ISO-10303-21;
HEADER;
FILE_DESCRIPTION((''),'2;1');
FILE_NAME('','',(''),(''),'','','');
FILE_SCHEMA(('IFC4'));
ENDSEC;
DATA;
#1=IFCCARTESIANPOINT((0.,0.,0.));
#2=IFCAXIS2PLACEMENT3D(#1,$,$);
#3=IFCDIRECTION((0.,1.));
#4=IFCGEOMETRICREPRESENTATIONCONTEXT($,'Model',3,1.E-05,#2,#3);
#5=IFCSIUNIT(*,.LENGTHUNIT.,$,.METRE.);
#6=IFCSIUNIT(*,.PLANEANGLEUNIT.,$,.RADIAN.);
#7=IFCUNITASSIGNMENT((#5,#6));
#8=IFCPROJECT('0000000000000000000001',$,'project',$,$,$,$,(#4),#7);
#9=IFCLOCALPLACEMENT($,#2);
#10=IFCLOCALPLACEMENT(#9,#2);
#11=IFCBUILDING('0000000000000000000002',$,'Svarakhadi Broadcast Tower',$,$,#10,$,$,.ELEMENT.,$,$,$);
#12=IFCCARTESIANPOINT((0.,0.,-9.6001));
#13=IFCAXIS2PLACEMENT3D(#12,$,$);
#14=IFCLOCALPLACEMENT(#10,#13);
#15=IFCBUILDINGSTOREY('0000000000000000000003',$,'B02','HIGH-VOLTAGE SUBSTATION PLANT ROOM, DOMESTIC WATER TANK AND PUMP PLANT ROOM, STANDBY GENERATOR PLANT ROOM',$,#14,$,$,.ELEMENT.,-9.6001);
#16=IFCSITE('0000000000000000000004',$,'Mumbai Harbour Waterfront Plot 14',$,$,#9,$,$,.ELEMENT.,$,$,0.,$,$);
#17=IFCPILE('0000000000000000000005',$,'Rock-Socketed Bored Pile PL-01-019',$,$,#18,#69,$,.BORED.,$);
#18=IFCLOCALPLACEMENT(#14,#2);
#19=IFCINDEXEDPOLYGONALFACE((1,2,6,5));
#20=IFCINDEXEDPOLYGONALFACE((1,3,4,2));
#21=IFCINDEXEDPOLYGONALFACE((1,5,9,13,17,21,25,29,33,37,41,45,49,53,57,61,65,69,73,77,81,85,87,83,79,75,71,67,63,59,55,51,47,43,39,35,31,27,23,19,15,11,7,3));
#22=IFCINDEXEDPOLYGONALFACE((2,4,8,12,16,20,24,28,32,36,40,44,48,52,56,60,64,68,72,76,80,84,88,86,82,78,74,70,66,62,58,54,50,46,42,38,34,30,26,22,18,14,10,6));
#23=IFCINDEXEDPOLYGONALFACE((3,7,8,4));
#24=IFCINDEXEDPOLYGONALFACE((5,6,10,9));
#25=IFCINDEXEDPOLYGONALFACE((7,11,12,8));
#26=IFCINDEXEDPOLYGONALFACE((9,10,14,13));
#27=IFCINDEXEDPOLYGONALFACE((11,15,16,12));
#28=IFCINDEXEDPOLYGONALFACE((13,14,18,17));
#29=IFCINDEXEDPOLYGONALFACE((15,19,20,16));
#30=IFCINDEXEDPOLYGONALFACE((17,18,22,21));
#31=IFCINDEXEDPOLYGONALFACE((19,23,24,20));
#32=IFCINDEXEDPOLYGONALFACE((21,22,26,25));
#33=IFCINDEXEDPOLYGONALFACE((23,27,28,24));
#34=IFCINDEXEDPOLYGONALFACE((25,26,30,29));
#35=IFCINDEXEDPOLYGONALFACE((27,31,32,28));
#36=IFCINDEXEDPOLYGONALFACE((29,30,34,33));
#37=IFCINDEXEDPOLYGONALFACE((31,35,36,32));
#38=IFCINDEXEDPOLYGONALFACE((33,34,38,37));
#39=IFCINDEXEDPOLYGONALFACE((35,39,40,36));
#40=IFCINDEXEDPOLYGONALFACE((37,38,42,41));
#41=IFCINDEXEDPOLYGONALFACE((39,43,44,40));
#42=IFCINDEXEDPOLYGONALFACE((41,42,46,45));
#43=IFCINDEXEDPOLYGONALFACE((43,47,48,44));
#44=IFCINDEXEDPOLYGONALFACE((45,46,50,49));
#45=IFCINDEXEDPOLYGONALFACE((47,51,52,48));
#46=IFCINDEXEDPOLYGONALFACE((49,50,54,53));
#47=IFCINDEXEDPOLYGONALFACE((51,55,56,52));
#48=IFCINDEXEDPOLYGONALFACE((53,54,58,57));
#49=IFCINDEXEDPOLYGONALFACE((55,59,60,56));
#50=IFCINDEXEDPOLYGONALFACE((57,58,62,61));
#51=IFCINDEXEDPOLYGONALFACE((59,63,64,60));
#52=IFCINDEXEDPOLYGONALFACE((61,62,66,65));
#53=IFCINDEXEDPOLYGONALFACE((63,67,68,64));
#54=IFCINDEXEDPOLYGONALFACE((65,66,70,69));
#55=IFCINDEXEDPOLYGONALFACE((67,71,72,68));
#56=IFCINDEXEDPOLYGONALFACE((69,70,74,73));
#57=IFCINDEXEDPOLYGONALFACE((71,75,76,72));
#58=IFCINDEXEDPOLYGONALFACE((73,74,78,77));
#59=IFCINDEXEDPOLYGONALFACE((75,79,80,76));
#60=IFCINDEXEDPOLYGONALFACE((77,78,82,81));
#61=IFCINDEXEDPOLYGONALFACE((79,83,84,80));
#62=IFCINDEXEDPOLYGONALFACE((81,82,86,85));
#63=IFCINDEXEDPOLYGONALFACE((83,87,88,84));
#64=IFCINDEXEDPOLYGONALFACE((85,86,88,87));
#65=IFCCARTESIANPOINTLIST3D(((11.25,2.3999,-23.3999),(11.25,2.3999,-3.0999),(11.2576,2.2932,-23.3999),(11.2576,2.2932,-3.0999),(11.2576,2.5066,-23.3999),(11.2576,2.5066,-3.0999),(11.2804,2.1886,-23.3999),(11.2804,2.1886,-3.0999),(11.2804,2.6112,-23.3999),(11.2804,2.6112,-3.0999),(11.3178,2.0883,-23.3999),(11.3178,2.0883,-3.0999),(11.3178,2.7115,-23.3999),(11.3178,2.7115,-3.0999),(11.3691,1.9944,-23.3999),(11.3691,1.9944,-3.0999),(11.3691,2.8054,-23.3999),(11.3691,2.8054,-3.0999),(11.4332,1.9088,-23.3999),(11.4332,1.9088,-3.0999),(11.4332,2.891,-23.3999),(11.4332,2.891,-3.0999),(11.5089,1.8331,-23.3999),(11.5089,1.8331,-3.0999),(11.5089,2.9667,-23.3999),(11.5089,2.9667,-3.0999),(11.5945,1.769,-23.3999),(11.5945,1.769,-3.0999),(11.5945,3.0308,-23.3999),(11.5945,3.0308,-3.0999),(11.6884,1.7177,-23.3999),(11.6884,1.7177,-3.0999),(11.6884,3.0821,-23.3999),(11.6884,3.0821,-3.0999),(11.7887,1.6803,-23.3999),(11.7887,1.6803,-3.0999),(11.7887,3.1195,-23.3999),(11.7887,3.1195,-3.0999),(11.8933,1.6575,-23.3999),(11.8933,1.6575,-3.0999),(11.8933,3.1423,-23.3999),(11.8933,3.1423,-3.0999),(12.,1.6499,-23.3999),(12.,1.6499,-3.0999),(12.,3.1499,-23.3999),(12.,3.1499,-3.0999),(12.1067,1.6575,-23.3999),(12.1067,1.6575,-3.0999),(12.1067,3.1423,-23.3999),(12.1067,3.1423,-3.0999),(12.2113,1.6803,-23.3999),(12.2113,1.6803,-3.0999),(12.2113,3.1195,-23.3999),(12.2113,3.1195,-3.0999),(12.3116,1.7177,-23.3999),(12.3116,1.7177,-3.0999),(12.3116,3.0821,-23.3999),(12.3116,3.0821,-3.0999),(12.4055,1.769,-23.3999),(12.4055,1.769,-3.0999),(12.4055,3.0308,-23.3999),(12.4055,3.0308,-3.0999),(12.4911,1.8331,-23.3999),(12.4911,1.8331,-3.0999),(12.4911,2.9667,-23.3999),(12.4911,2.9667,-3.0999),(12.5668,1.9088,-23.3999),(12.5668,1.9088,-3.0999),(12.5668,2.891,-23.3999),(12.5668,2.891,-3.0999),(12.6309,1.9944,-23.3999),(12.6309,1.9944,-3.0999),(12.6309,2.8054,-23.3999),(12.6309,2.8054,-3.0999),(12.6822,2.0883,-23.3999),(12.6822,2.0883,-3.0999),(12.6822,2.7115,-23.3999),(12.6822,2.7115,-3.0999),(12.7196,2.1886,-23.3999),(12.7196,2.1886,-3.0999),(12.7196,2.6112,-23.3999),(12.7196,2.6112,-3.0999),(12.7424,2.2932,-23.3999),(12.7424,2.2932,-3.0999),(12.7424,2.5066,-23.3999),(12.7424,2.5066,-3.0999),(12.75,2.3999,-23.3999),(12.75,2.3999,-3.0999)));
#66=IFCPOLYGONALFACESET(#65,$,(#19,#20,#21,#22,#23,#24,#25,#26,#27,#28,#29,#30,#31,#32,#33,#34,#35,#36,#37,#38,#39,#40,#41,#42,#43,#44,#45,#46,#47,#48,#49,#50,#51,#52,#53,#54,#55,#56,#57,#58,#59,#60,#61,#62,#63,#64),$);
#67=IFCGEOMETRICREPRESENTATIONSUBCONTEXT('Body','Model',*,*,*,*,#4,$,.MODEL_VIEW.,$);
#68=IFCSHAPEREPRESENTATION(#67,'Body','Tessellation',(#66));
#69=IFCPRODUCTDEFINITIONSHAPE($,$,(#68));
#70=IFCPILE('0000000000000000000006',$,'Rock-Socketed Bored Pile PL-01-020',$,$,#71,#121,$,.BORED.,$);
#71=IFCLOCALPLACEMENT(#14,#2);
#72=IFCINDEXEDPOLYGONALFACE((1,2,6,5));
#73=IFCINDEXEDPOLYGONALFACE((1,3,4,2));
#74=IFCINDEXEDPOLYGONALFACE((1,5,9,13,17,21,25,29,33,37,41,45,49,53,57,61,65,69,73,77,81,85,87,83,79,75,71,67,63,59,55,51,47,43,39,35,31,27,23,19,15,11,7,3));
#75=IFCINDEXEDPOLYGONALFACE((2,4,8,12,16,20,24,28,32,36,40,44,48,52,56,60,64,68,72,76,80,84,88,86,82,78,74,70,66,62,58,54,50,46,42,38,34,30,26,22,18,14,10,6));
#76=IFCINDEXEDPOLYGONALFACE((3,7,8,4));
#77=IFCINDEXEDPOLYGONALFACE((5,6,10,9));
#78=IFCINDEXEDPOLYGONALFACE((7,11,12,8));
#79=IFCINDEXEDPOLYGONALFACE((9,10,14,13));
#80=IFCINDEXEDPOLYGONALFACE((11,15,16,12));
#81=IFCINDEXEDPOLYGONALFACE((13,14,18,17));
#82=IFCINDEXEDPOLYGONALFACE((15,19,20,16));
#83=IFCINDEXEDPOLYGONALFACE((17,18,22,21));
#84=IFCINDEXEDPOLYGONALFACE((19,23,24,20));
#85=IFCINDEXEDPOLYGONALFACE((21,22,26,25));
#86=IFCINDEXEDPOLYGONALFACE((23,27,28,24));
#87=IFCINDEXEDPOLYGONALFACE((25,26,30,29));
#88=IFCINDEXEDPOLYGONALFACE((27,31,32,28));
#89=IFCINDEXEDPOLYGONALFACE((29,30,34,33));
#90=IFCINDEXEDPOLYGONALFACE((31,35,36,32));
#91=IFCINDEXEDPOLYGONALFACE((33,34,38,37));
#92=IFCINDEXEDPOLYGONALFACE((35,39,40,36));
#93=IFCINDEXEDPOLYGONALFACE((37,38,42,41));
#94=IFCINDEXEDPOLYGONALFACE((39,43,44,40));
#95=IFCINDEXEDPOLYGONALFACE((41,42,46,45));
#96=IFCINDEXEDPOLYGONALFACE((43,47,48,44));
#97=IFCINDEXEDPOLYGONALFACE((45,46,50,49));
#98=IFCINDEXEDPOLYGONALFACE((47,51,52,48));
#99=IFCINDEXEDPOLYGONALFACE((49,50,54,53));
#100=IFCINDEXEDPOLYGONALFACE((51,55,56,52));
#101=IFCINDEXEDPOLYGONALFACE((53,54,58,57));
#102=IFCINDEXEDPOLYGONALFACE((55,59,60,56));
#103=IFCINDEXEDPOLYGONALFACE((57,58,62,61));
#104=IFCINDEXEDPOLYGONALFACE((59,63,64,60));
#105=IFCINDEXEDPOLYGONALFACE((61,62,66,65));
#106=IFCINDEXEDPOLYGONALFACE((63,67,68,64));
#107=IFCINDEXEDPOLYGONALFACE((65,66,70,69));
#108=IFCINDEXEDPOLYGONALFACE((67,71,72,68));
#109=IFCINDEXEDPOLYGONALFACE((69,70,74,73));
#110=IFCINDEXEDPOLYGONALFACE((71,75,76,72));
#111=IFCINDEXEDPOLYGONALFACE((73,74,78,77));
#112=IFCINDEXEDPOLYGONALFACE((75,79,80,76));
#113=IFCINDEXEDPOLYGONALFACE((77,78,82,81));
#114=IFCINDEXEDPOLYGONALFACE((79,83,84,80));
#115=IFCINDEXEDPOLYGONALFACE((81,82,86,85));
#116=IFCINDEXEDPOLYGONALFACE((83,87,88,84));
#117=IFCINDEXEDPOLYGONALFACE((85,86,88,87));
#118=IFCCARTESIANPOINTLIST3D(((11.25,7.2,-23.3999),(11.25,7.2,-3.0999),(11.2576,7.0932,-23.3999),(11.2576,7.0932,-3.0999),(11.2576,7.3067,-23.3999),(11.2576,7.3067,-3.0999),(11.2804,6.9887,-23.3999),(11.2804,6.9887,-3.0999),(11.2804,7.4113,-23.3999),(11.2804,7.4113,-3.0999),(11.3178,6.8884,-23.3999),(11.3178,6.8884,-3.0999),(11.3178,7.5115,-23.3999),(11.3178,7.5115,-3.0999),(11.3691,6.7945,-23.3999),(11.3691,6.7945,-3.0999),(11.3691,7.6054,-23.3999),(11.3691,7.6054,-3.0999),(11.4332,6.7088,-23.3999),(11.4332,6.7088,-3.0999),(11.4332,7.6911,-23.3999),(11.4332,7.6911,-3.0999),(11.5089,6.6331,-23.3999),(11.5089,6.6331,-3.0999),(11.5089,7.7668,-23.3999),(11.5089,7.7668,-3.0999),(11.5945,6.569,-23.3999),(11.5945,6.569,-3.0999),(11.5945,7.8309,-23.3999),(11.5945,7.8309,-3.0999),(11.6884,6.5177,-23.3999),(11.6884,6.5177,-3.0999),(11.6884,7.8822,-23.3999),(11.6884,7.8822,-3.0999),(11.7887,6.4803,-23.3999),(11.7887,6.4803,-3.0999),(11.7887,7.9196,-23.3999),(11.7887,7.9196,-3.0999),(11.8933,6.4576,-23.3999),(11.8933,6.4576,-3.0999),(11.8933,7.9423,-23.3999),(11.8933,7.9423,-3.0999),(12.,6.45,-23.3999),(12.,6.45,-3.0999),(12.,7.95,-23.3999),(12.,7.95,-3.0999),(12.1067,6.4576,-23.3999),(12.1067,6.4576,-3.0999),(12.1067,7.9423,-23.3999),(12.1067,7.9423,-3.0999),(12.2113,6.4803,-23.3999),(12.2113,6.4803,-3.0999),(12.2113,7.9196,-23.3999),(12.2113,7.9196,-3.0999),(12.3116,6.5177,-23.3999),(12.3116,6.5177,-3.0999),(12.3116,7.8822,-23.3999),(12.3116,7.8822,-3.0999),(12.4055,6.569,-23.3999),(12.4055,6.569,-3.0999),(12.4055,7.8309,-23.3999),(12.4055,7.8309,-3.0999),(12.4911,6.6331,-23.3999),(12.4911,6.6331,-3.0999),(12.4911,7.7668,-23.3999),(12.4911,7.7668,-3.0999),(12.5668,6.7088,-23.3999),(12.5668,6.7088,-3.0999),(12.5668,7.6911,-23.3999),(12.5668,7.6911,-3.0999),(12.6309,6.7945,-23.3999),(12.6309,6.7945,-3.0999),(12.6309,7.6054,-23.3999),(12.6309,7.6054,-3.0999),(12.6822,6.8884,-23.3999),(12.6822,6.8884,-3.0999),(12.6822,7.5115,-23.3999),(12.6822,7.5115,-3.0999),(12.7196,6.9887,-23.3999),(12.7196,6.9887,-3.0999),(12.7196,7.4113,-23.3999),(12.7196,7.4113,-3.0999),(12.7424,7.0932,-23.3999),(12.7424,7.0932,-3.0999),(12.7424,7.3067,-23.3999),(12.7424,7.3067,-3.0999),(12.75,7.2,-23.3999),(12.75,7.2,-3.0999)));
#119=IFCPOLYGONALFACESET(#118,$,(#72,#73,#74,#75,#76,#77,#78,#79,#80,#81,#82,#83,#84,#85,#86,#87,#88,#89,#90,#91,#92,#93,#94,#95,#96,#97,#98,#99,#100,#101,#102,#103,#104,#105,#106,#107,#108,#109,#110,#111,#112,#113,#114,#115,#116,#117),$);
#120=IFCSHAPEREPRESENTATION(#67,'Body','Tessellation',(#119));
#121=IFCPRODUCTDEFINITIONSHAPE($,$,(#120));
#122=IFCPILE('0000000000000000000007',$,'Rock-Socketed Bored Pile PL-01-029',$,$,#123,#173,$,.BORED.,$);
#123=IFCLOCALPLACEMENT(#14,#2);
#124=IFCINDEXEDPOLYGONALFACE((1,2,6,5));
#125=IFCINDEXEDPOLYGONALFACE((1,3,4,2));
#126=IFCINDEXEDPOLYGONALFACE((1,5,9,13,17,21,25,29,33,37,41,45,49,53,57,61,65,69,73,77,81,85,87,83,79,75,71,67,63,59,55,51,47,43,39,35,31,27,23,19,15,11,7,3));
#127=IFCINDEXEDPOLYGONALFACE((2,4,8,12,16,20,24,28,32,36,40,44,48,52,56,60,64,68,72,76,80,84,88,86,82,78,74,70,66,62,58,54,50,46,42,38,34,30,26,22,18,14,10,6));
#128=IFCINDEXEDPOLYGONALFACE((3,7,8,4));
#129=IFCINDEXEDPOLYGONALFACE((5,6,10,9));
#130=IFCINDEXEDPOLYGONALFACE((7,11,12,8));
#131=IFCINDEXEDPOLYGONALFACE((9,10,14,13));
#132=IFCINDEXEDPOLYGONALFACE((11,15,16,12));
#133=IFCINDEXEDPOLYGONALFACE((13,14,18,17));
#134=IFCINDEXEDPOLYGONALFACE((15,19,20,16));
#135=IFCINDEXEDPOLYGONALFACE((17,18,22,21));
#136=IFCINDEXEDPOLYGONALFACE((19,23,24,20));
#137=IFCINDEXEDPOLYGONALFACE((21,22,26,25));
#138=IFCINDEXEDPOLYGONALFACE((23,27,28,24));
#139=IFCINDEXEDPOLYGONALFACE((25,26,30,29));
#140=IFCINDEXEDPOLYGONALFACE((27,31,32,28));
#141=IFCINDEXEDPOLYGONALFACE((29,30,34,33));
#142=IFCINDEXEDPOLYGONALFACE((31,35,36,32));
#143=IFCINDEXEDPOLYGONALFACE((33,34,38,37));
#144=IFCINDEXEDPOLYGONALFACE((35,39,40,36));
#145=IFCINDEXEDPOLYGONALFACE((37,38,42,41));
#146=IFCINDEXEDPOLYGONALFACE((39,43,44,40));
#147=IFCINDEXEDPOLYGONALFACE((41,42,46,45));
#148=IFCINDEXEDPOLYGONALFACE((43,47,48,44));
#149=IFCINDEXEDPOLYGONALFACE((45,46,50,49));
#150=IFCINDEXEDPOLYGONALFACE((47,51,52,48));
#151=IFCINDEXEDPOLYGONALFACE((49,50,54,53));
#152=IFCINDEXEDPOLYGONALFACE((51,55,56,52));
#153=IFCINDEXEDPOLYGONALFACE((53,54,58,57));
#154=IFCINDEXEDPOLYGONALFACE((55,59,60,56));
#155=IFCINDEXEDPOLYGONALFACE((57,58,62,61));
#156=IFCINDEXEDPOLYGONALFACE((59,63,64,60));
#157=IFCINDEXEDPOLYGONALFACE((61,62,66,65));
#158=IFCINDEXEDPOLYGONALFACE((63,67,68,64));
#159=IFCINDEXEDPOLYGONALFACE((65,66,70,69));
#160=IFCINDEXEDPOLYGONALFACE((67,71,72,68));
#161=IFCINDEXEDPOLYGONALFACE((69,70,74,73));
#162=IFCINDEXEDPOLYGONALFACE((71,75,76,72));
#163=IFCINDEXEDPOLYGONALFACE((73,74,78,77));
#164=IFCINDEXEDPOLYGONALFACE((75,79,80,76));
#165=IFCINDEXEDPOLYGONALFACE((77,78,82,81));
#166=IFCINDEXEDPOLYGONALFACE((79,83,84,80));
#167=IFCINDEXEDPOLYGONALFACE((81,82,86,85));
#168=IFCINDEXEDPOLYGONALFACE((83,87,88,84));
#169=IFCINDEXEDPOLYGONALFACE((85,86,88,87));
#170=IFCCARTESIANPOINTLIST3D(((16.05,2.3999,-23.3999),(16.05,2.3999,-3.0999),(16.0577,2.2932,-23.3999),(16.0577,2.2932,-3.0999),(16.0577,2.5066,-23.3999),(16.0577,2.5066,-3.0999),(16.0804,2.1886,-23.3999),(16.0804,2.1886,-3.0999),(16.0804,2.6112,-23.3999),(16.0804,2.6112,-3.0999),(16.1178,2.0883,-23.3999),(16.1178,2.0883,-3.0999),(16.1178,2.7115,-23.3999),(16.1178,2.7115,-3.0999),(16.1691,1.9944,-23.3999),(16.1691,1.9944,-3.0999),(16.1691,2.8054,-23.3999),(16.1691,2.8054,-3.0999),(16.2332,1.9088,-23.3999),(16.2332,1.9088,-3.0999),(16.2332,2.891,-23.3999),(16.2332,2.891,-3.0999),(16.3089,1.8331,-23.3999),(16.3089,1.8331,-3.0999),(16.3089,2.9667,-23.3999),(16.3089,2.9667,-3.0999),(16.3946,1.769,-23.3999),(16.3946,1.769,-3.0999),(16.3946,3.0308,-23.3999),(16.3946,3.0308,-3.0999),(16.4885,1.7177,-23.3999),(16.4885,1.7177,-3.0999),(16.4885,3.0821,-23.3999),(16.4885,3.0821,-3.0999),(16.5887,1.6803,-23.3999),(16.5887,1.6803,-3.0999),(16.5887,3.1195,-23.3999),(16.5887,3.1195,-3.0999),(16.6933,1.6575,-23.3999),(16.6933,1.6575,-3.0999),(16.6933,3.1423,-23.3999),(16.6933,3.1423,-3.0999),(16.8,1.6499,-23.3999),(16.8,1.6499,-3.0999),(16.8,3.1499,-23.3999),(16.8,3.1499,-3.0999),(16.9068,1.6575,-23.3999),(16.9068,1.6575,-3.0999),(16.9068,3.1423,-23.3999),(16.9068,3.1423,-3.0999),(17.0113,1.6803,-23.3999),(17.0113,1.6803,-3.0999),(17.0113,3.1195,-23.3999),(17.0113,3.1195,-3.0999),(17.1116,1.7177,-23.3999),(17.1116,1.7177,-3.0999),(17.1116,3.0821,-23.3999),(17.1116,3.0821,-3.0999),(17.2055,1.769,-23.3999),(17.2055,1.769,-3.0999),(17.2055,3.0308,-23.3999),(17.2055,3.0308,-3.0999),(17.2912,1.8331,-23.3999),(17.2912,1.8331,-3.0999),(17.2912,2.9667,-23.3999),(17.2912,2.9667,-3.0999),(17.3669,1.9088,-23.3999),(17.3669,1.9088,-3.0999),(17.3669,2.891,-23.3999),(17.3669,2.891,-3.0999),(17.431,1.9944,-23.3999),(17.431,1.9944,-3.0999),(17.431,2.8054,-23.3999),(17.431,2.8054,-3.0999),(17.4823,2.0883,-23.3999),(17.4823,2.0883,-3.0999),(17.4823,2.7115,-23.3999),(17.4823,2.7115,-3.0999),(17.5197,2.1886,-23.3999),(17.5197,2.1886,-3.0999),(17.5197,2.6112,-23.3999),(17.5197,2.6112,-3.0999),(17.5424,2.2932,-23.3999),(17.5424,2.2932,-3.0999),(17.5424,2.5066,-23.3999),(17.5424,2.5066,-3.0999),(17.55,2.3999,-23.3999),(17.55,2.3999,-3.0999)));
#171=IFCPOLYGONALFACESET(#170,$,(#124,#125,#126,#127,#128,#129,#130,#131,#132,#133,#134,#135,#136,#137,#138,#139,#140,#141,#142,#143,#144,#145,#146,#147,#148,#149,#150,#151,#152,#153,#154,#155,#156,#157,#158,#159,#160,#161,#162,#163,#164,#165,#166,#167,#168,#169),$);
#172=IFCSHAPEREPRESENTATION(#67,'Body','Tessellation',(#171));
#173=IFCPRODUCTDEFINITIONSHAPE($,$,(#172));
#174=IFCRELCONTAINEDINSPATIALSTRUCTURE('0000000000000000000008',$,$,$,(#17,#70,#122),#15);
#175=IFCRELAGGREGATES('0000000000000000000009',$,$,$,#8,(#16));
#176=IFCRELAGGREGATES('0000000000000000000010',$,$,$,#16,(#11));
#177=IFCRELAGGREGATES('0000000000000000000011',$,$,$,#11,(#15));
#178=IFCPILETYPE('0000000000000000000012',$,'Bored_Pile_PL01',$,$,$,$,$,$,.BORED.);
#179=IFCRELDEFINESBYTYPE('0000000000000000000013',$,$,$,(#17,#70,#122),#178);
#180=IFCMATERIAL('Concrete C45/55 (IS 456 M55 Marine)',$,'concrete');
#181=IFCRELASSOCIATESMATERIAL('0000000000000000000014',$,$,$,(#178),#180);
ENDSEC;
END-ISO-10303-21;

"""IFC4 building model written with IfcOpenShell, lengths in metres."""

from ifc_helpers import new_model, si_unit, direction, frame, origin, origin_2d, place, context, subcontext, project, spatial, circle, extrude, material, material_profile, profile_set, type_object, element, save


model = new_model("IFC4")

# Units and contexts
model_context = context("Model", 3, precision=1e-05, world=origin(), true_north=direction((0.0, 1.0)))
body_context = subcontext(model_context, "Body", "Model", "MODEL_VIEW")
ifc_project = project(units=[si_unit("LENGTHUNIT", "METRE"), si_unit("PLANEANGLEUNIT", "RADIAN")], contexts=[model_context])

# Site, building, storey
site_placement = place(None, origin())
site = spatial("IfcSite", under=ifc_project, at=site_placement, Name="Mumbai Harbour Waterfront Plot 14", CompositionType="ELEMENT", RefElevation=0.0)
building_placement = place(site_placement, origin())
building = spatial("IfcBuilding", under=site, at=building_placement, Name="Svarakhadi Broadcast Tower", CompositionType="ELEMENT")
storey_placement = place(building_placement, frame((0.0, 0.0, -9.6001)))
storey = spatial("IfcBuildingStorey", under=building, at=storey_placement, Name="B02", Description="HIGH-VOLTAGE SUBSTATION PLANT ROOM, DOMESTIC WATER TANK AND PUMP PLANT ROOM, STANDBY GENERATOR PLANT ROOM", CompositionType="ELEMENT", Elevation=-9.6001)

# Piles
ifc_material_1 = material(Name="Concrete C45/55 (IS 456 M55 Marine)", Category="concrete")
ifc_material_profile_1 = material_profile(ifc_material_1, circle(Radius=0.75, at=origin_2d()), Name="PILE D1500")
ifc_profile_set_1 = profile_set([ifc_material_profile_1], Name="Concrete C45/55 (IS 456 M55 Marine)")
pile_type = type_object("IfcPileType", Name="Bored_Pile_PL01", PredefinedType="BORED", material=ifc_profile_set_1)
for number, where, z_axis, x_axis, name in (
    (1, (12.0, 2.3999, -3.0999), (0.0, 0.0, -1.0), (1.0, 0.0, 0.0), "Rock-Socketed Bored Pile PL-01-019"),
    (2, (12.0, 7.2, -3.0999), (0.0, 0.0, -1.0), (1.0, 0.0, 0.0), "Rock-Socketed Bored Pile PL-01-020"),
    (3, (16.8, 2.3999, -3.0999), (0.0, 0.0, -1.0), (1.0, 0.0, 0.0), "Rock-Socketed Bored Pile PL-01-029"),
):
    element("IfcPile", number, at=place(storey_placement, frame(where, z_axis=z_axis, x_axis=x_axis)), inside=storey, type_object=pile_type, Name=name, PredefinedType="BORED", context=body_context, shape_type="SweptSolid", body=[
        extrude(circle(Radius=0.75, at=origin_2d()), origin(), (0.0, 0.0, 1.0), 20.3),
    ])

save(model, "model.ifc")
